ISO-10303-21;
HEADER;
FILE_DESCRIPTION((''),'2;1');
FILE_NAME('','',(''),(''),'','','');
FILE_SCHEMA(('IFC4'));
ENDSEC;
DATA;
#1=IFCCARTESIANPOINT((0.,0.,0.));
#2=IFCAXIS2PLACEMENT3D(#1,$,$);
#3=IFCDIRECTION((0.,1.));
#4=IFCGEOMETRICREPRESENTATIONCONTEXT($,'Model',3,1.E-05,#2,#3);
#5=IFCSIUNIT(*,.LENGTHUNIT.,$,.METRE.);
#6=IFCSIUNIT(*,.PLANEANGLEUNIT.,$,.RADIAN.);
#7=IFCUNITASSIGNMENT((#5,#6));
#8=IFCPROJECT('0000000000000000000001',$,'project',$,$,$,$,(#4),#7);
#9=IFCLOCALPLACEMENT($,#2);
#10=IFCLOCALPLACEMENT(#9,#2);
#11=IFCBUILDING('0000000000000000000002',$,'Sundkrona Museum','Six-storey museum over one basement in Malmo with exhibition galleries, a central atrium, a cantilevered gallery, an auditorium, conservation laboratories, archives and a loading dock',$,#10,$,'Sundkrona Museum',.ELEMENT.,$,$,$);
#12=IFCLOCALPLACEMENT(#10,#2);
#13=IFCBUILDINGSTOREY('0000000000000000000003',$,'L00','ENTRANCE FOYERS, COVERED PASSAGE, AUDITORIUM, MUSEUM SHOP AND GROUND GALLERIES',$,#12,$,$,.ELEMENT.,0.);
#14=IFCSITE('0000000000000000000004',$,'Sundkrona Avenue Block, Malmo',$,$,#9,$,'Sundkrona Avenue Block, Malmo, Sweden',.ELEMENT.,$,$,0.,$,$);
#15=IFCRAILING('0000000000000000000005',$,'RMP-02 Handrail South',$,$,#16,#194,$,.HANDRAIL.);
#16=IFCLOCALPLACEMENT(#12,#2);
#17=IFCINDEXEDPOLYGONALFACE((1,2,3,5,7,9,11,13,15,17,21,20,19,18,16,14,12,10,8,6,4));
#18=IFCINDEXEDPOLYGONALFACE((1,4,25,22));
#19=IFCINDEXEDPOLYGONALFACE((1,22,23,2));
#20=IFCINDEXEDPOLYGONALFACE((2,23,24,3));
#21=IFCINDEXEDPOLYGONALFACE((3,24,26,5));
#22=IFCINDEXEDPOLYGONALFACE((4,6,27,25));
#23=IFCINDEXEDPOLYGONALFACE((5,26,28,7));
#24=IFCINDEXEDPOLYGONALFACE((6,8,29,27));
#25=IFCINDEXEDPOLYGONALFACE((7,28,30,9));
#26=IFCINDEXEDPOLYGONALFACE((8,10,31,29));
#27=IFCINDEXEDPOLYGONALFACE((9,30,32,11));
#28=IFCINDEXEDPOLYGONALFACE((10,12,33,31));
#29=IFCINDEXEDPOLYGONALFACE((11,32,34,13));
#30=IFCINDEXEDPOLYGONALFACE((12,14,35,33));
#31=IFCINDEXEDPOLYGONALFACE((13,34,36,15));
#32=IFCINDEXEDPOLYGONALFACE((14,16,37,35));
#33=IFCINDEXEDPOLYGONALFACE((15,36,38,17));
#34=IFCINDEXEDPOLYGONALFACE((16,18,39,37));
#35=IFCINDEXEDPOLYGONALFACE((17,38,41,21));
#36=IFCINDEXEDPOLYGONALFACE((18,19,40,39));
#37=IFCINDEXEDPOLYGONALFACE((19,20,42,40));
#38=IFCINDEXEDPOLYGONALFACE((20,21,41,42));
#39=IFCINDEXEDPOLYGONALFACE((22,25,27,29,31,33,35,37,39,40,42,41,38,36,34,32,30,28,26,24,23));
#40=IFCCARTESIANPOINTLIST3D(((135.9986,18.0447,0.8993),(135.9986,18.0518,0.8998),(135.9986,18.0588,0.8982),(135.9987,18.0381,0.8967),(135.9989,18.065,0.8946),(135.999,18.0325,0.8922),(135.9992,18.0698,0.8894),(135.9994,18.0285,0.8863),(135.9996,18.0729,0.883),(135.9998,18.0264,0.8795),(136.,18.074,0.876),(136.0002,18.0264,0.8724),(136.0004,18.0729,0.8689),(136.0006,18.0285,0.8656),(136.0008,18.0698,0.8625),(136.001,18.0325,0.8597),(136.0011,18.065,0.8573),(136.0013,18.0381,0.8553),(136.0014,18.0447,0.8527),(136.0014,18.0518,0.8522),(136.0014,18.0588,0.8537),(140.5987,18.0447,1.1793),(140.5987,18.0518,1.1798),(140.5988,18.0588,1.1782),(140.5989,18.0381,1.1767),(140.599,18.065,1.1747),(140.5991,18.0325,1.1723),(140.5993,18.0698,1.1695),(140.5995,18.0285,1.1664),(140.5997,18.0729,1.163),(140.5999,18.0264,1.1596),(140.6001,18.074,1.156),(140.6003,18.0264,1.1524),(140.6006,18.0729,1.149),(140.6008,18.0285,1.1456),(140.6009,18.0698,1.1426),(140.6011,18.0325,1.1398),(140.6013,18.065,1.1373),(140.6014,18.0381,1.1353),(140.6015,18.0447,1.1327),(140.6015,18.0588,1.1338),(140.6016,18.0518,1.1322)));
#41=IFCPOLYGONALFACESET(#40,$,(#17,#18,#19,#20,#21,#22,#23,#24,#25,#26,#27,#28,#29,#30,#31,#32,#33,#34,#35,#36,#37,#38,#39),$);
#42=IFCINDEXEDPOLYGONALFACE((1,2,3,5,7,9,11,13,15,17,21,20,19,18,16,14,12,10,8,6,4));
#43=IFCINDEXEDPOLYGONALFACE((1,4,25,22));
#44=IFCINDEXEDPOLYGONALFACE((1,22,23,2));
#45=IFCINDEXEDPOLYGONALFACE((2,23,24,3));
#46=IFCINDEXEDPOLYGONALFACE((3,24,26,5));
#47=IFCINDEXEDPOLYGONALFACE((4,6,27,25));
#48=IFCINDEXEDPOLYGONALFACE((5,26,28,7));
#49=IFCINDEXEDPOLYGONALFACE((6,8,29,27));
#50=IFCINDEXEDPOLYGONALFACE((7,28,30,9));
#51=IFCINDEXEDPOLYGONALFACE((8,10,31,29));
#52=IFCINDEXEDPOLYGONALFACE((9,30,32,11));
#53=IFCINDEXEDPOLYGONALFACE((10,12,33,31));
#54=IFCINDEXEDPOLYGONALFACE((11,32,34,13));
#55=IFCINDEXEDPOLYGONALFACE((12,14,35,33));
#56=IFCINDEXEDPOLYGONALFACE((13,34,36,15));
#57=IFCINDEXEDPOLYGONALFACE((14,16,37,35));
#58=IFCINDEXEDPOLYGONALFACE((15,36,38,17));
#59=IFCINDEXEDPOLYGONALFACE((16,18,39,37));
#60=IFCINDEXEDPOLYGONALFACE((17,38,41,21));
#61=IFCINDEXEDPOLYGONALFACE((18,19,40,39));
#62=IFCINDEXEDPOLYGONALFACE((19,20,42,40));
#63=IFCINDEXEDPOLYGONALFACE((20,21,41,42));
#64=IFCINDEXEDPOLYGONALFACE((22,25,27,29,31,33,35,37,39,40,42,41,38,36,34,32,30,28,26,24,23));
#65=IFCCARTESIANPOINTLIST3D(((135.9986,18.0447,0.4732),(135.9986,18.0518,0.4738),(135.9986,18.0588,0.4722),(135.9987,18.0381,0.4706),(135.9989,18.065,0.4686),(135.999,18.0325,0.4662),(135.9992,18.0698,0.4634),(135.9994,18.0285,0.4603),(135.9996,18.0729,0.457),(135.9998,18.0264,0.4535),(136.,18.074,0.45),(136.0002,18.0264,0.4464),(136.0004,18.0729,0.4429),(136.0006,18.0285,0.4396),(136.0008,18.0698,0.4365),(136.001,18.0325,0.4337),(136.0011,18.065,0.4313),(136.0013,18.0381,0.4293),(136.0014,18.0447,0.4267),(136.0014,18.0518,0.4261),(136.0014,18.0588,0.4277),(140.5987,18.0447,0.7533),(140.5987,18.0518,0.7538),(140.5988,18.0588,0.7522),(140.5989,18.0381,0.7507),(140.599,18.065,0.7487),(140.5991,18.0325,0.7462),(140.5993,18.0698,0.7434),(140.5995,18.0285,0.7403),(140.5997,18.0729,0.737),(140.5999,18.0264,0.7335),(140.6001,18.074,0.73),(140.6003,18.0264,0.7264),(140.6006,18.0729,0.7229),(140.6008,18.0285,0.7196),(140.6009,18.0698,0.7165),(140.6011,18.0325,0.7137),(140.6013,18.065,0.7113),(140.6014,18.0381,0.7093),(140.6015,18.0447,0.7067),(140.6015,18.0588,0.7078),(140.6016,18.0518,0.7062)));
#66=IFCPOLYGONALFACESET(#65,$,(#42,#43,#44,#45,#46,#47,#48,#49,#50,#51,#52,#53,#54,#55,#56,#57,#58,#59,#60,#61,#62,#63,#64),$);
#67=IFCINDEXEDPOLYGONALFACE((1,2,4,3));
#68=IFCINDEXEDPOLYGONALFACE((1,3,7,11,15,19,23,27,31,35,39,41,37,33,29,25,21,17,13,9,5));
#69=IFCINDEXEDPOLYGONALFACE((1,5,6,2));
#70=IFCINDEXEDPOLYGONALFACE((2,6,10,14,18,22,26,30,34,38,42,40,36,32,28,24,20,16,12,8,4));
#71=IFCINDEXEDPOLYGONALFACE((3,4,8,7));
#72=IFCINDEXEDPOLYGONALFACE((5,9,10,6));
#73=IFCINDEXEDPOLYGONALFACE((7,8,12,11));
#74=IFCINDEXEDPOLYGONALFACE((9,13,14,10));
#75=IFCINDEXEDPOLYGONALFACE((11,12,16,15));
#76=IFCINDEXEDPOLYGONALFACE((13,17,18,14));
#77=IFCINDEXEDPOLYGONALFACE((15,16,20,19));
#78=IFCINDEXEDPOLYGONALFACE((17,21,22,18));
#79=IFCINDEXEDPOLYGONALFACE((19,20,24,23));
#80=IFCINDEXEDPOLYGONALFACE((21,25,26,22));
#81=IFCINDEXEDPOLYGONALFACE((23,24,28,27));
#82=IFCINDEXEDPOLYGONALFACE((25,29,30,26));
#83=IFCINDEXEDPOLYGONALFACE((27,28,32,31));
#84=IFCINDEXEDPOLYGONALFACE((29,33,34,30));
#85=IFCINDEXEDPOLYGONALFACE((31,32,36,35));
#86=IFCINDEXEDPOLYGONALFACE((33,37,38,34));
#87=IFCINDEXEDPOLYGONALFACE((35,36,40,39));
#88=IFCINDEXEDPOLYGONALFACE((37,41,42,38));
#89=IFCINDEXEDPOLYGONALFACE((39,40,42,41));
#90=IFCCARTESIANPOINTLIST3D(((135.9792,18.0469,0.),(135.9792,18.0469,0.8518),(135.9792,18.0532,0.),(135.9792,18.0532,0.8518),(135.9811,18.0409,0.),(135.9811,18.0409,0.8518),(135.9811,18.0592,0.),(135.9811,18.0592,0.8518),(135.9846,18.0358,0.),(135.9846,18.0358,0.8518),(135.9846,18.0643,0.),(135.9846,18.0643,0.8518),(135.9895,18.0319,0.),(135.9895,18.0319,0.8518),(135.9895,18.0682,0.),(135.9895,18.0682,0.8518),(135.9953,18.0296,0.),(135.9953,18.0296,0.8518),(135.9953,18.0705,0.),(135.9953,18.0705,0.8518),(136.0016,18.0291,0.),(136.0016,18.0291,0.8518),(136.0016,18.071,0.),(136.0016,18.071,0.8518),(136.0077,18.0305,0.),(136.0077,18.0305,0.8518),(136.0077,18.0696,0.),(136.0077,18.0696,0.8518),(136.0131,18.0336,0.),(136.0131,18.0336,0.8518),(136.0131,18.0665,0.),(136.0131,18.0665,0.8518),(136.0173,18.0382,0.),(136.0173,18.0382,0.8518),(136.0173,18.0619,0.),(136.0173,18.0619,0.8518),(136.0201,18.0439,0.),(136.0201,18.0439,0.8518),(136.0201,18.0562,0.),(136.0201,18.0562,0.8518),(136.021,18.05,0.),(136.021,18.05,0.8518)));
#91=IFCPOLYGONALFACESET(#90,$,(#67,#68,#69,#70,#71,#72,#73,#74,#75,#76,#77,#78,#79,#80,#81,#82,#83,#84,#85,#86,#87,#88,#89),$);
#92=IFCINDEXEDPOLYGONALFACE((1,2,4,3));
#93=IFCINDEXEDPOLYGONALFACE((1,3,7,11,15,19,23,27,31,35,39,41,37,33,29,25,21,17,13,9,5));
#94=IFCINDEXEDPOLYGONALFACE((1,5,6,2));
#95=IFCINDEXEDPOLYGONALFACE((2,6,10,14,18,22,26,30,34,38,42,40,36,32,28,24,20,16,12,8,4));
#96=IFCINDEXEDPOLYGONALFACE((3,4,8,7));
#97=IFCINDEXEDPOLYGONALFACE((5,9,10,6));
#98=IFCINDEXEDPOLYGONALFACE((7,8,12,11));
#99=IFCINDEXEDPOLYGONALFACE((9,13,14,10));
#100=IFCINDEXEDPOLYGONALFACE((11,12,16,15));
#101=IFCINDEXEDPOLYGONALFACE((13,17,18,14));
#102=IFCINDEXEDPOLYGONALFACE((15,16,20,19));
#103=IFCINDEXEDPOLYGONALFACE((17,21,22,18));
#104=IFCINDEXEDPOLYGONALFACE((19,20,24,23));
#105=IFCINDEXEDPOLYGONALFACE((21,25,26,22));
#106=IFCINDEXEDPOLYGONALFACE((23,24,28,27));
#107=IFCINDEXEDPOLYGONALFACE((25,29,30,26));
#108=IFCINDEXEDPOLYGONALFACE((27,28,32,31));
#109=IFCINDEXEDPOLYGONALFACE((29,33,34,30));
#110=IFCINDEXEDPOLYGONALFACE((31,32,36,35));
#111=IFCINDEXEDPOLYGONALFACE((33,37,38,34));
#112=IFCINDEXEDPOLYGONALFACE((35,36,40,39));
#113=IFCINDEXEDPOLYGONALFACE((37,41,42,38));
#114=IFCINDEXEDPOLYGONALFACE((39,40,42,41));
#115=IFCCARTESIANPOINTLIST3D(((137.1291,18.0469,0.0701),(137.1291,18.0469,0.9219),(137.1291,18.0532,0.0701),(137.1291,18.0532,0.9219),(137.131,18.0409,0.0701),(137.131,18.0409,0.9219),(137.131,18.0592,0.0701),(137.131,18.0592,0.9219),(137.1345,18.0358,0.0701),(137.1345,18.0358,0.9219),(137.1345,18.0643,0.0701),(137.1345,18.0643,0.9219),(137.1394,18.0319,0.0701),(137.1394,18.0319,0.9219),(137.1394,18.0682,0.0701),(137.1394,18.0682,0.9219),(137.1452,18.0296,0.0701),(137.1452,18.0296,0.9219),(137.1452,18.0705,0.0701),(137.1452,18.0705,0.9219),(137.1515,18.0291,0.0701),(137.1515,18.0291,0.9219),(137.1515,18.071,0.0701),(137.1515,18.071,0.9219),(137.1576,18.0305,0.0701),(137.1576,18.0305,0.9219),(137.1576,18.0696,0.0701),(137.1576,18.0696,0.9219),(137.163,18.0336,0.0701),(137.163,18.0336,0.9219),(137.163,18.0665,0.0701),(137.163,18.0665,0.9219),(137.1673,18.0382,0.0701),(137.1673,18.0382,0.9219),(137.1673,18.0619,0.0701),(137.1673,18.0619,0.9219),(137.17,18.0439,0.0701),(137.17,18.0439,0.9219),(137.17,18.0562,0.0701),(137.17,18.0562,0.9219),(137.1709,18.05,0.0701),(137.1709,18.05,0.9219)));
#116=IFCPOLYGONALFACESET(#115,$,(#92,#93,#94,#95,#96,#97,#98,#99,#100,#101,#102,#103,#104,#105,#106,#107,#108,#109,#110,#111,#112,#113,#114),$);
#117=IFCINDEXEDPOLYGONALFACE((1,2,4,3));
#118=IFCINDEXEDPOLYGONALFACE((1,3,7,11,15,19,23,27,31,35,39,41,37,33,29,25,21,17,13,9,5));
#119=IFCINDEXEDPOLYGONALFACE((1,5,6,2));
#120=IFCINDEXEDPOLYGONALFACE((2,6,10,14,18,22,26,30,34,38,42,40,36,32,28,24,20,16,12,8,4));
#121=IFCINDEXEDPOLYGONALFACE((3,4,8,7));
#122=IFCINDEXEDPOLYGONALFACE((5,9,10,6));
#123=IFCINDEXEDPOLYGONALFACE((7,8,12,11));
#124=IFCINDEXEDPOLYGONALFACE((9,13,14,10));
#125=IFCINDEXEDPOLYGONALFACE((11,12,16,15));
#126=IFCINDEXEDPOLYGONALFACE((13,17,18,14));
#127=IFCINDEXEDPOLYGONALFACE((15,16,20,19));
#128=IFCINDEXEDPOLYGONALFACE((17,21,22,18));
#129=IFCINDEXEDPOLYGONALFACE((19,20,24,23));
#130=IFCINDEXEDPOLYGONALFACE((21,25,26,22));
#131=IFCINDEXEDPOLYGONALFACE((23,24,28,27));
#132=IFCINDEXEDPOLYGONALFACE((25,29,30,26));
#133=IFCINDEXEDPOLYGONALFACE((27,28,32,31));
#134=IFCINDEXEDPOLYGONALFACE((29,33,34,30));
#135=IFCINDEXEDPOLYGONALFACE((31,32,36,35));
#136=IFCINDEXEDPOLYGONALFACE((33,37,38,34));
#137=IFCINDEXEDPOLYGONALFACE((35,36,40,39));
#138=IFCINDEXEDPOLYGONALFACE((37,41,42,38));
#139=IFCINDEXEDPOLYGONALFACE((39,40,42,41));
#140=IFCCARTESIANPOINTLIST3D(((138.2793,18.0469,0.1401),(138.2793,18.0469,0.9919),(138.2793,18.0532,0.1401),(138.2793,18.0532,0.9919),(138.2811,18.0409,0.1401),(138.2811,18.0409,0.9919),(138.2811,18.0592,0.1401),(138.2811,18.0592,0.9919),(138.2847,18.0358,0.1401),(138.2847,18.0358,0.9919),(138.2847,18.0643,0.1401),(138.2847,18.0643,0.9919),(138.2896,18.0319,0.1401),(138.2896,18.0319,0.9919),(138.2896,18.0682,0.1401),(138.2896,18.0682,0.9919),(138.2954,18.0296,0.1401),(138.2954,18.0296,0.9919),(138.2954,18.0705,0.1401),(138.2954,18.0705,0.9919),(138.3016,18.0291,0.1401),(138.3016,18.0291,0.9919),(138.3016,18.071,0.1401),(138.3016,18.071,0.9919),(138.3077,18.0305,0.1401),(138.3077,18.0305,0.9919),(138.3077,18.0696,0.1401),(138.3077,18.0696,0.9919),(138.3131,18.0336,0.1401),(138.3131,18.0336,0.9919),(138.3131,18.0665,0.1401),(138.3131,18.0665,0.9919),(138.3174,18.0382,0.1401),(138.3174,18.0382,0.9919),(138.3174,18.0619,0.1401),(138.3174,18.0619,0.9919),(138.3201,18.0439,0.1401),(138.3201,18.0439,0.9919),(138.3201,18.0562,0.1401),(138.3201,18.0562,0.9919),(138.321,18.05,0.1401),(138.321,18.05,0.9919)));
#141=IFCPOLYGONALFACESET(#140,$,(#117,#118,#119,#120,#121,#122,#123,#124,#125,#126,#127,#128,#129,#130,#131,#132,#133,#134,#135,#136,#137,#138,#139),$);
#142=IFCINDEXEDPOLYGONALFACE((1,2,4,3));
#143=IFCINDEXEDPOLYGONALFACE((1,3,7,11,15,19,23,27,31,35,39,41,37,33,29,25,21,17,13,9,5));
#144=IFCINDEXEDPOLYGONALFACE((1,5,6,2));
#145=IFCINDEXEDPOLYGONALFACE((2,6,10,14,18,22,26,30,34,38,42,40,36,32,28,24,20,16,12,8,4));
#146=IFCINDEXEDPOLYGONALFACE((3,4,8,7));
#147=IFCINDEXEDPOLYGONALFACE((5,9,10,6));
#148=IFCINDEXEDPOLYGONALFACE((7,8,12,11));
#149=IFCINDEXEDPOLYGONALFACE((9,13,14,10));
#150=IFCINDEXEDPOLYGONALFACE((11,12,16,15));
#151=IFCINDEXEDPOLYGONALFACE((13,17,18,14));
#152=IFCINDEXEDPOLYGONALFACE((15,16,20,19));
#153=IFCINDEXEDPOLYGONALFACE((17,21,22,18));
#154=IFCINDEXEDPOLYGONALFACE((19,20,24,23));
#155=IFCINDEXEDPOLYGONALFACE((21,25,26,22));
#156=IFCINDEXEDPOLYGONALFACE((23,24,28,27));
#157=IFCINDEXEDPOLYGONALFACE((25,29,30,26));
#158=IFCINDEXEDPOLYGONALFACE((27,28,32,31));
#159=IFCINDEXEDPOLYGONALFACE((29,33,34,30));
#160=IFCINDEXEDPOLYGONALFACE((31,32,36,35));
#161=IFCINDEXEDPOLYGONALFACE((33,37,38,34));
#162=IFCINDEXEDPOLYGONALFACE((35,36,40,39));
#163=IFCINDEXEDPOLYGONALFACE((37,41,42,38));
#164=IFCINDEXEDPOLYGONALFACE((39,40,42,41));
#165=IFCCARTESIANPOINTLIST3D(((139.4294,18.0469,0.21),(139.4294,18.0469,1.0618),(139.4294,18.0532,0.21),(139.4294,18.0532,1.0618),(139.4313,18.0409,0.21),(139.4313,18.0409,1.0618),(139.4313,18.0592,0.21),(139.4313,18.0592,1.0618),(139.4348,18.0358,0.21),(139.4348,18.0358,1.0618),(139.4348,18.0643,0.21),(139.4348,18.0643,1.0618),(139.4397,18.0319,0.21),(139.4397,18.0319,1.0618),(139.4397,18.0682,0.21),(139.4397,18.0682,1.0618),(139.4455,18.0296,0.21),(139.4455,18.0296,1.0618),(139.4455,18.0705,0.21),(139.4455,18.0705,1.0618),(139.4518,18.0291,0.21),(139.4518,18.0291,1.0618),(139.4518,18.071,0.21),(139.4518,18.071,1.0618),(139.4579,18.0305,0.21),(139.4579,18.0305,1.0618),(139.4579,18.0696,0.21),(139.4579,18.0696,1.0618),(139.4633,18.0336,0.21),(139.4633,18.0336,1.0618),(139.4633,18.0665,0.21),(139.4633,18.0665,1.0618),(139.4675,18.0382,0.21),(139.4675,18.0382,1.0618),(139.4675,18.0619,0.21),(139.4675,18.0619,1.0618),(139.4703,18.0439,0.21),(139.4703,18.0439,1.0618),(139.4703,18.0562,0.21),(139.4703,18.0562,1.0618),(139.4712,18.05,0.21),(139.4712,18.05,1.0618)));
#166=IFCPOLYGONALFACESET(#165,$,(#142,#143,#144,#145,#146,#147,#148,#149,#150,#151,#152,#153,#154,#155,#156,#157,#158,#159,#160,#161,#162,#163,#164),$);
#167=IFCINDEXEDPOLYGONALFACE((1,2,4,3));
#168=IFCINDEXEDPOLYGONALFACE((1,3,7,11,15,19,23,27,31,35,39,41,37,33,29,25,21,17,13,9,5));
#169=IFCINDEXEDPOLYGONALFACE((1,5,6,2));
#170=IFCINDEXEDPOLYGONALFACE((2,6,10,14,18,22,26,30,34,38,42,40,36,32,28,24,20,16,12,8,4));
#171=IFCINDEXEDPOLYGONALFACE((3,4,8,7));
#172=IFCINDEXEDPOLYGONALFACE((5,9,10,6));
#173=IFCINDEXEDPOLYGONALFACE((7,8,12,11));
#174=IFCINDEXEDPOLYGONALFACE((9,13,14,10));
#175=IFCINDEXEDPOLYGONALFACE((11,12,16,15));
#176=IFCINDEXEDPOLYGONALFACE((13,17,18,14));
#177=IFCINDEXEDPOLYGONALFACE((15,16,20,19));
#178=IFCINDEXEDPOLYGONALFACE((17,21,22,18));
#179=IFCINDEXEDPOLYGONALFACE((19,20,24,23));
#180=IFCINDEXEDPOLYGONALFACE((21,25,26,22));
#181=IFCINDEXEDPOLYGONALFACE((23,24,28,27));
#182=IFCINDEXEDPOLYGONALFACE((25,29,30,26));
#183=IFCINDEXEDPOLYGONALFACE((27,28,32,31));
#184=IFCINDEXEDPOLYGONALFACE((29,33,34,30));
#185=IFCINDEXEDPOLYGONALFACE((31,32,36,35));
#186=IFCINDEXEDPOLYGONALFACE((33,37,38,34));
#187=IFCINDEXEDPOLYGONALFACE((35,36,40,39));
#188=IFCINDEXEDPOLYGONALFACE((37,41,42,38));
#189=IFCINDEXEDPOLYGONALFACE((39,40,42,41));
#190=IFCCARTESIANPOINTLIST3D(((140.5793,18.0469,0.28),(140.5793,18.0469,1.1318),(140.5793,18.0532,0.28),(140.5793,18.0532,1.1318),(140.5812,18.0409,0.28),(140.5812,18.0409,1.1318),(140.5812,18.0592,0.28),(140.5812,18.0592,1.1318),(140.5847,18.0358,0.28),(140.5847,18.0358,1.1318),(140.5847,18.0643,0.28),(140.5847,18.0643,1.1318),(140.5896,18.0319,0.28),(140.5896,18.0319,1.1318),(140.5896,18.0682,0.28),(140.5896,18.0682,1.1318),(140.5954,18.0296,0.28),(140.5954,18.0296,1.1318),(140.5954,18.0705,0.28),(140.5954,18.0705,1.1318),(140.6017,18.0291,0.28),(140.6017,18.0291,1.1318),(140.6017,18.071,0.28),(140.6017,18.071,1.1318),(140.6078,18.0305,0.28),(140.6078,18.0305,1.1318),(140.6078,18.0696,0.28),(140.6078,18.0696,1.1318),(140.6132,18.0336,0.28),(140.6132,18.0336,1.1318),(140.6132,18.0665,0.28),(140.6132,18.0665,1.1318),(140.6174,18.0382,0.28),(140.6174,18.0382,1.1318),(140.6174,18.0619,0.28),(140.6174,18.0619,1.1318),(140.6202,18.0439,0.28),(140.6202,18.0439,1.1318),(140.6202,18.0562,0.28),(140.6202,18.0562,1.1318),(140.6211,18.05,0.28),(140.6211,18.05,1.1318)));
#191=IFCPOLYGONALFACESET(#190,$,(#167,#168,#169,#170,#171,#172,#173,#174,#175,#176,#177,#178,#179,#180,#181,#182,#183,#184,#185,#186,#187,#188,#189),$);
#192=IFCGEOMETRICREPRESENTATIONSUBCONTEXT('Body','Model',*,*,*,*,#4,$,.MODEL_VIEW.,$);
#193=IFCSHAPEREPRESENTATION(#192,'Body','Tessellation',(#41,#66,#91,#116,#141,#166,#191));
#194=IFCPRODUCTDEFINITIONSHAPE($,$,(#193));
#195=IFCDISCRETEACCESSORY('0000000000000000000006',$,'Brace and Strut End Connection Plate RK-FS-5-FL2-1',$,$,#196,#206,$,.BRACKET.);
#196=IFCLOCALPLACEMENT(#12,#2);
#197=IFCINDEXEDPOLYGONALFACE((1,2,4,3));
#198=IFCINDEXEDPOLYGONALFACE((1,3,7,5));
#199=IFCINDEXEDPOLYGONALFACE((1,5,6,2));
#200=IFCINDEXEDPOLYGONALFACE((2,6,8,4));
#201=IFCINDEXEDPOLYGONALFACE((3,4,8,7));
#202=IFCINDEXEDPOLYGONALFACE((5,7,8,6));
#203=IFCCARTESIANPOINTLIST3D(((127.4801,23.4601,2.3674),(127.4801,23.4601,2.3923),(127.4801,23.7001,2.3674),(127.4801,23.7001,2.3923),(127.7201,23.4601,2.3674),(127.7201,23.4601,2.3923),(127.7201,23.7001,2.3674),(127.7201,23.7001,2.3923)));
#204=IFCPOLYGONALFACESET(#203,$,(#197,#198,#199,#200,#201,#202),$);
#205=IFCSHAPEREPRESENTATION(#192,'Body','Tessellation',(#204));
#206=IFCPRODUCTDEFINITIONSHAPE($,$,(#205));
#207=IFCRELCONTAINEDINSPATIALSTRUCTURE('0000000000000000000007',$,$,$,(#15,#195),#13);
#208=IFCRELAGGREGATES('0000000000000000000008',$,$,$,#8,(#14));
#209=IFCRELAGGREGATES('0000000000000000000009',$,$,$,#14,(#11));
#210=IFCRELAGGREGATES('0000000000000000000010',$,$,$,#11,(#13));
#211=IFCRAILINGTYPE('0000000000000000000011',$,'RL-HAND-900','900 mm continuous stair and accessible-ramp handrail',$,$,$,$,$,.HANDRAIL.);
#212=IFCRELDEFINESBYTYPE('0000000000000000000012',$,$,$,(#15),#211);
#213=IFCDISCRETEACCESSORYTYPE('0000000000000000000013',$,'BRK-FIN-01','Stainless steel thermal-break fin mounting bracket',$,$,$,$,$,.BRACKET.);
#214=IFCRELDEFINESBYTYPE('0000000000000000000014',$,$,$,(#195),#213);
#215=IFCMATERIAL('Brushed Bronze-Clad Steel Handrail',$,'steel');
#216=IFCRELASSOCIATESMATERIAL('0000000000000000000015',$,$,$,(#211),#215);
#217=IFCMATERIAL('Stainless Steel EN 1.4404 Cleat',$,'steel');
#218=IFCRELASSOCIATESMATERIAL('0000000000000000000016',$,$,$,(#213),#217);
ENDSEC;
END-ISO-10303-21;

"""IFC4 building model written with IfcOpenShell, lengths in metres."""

from ifc_helpers import new_model, si_unit, direction, frame, origin, origin_2d, place, context, subcontext, project, spatial, rectangle, circle, extrude, material, type_object, element, save


model = new_model("IFC4")

# Units and contexts
model_context = context("Model", 3, precision=1e-05, world=origin(), true_north=direction((0.0, 1.0)))
body_context = subcontext(model_context, "Body", "Model", "MODEL_VIEW")
ifc_project = project(units=[si_unit("LENGTHUNIT", "METRE"), si_unit("PLANEANGLEUNIT", "RADIAN")], contexts=[model_context])

# Site, building, storey
site_placement = place(None, origin())
site = spatial("IfcSite", under=ifc_project, at=site_placement, Name="Sundkrona Avenue Block, Malmo", LongName="Sundkrona Avenue Block, Malmo, Sweden", CompositionType="ELEMENT", RefElevation=0.0)
building_placement = place(site_placement, origin())
building = spatial("IfcBuilding", under=site, at=building_placement, Name="Sundkrona Museum", Description="Six-storey museum over one basement in Malmo with exhibition galleries, a central atrium, a cantilevered gallery, an auditorium, conservation laboratories, archives and a loading dock", LongName="Sundkrona Museum", CompositionType="ELEMENT")
storey_placement = place(building_placement, origin())
storey = spatial("IfcBuildingStorey", under=building, at=storey_placement, Name="L00", Description="ENTRANCE FOYERS, COVERED PASSAGE, AUDITORIUM, MUSEUM SHOP AND GROUND GALLERIES", CompositionType="ELEMENT", Elevation=0.0)

# Railing
ifc_material_1 = material(Name="Brushed Bronze-Clad Steel Handrail", Category="steel")
railing_type_1 = type_object("IfcRailingType", Name="RL-HAND-900", Description="900 mm continuous stair and accessible-ramp handrail", PredefinedType="HANDRAIL", material=ifc_material_1)
railing_1_placement = place(storey_placement, frame((136.0, 18.05, 0.0)))
element("IfcRailing", 1, at=railing_1_placement, inside=storey, type_object=railing_type_1, Name="RMP-02 Handrail South", PredefinedType="HANDRAIL", context=body_context, shape_type="SweptSolid", body=[
    extrude(circle(Radius=0.0239, at=origin_2d()), frame((0.0, 0.0, 0.876), z_axis=(0.998152, 0.0, 0.060762), x_axis=(0.0, 1.0, 0.0)), (0.0, 0.0, 1.0), 4.6086),
    extrude(circle(Radius=0.0239, at=origin_2d()), frame((0.0, 0.0, 0.45), z_axis=(0.998152, 0.0, 0.060762), x_axis=(0.0, 1.0, 0.0)), (0.0, 0.0, 1.0), 4.6086),
    extrude(circle(Radius=0.021, at=origin_2d()), origin(), (0.0, 0.0, 1.0), 0.8518),
    extrude(circle(Radius=0.021, at=origin_2d()), frame((1.1499, 0.0, 0.0701)), (0.0, 0.0, 1.0), 0.8518),
    extrude(circle(Radius=0.021, at=origin_2d()), frame((2.3, 0.0, 0.1401)), (0.0, 0.0, 1.0), 0.8518),
    extrude(circle(Radius=0.021, at=origin_2d()), frame((3.4502, 0.0, 0.21)), (0.0, 0.0, 1.0), 0.8518),
    extrude(circle(Radius=0.021, at=origin_2d()), frame((4.6001, 0.0, 0.28)), (0.0, 0.0, 1.0), 0.8518),
])

# Discrete accessory
ifc_material_2 = material(Name="Stainless Steel EN 1.4404 Cleat", Category="steel")
discrete_accessory_type = type_object("IfcDiscreteAccessoryType", Name="BRK-FIN-01", Description="Stainless steel thermal-break fin mounting bracket", PredefinedType="BRACKET", material=ifc_material_2)
for number, where, z_axis, x_axis, name in (
    (2, (127.6001, 23.5801, 2.3674), (0.0, 0.0, 1.0), (1.0, 0.0, 0.0), "Brace and Strut End Connection Plate RK-FS-5-FL2-1"),
):
    element("IfcDiscreteAccessory", number, at=place(storey_placement, frame(where, z_axis=z_axis, x_axis=x_axis)), inside=storey, type_object=discrete_accessory_type, Name=name, PredefinedType="BRACKET", context=body_context, shape_type="SweptSolid", body=[
        extrude(rectangle(XDim=0.24, YDim=0.24, at=origin_2d()), origin(), (0.0, 0.0, 1.0), 0.0249),
    ])

save(model, "model.ifc")
